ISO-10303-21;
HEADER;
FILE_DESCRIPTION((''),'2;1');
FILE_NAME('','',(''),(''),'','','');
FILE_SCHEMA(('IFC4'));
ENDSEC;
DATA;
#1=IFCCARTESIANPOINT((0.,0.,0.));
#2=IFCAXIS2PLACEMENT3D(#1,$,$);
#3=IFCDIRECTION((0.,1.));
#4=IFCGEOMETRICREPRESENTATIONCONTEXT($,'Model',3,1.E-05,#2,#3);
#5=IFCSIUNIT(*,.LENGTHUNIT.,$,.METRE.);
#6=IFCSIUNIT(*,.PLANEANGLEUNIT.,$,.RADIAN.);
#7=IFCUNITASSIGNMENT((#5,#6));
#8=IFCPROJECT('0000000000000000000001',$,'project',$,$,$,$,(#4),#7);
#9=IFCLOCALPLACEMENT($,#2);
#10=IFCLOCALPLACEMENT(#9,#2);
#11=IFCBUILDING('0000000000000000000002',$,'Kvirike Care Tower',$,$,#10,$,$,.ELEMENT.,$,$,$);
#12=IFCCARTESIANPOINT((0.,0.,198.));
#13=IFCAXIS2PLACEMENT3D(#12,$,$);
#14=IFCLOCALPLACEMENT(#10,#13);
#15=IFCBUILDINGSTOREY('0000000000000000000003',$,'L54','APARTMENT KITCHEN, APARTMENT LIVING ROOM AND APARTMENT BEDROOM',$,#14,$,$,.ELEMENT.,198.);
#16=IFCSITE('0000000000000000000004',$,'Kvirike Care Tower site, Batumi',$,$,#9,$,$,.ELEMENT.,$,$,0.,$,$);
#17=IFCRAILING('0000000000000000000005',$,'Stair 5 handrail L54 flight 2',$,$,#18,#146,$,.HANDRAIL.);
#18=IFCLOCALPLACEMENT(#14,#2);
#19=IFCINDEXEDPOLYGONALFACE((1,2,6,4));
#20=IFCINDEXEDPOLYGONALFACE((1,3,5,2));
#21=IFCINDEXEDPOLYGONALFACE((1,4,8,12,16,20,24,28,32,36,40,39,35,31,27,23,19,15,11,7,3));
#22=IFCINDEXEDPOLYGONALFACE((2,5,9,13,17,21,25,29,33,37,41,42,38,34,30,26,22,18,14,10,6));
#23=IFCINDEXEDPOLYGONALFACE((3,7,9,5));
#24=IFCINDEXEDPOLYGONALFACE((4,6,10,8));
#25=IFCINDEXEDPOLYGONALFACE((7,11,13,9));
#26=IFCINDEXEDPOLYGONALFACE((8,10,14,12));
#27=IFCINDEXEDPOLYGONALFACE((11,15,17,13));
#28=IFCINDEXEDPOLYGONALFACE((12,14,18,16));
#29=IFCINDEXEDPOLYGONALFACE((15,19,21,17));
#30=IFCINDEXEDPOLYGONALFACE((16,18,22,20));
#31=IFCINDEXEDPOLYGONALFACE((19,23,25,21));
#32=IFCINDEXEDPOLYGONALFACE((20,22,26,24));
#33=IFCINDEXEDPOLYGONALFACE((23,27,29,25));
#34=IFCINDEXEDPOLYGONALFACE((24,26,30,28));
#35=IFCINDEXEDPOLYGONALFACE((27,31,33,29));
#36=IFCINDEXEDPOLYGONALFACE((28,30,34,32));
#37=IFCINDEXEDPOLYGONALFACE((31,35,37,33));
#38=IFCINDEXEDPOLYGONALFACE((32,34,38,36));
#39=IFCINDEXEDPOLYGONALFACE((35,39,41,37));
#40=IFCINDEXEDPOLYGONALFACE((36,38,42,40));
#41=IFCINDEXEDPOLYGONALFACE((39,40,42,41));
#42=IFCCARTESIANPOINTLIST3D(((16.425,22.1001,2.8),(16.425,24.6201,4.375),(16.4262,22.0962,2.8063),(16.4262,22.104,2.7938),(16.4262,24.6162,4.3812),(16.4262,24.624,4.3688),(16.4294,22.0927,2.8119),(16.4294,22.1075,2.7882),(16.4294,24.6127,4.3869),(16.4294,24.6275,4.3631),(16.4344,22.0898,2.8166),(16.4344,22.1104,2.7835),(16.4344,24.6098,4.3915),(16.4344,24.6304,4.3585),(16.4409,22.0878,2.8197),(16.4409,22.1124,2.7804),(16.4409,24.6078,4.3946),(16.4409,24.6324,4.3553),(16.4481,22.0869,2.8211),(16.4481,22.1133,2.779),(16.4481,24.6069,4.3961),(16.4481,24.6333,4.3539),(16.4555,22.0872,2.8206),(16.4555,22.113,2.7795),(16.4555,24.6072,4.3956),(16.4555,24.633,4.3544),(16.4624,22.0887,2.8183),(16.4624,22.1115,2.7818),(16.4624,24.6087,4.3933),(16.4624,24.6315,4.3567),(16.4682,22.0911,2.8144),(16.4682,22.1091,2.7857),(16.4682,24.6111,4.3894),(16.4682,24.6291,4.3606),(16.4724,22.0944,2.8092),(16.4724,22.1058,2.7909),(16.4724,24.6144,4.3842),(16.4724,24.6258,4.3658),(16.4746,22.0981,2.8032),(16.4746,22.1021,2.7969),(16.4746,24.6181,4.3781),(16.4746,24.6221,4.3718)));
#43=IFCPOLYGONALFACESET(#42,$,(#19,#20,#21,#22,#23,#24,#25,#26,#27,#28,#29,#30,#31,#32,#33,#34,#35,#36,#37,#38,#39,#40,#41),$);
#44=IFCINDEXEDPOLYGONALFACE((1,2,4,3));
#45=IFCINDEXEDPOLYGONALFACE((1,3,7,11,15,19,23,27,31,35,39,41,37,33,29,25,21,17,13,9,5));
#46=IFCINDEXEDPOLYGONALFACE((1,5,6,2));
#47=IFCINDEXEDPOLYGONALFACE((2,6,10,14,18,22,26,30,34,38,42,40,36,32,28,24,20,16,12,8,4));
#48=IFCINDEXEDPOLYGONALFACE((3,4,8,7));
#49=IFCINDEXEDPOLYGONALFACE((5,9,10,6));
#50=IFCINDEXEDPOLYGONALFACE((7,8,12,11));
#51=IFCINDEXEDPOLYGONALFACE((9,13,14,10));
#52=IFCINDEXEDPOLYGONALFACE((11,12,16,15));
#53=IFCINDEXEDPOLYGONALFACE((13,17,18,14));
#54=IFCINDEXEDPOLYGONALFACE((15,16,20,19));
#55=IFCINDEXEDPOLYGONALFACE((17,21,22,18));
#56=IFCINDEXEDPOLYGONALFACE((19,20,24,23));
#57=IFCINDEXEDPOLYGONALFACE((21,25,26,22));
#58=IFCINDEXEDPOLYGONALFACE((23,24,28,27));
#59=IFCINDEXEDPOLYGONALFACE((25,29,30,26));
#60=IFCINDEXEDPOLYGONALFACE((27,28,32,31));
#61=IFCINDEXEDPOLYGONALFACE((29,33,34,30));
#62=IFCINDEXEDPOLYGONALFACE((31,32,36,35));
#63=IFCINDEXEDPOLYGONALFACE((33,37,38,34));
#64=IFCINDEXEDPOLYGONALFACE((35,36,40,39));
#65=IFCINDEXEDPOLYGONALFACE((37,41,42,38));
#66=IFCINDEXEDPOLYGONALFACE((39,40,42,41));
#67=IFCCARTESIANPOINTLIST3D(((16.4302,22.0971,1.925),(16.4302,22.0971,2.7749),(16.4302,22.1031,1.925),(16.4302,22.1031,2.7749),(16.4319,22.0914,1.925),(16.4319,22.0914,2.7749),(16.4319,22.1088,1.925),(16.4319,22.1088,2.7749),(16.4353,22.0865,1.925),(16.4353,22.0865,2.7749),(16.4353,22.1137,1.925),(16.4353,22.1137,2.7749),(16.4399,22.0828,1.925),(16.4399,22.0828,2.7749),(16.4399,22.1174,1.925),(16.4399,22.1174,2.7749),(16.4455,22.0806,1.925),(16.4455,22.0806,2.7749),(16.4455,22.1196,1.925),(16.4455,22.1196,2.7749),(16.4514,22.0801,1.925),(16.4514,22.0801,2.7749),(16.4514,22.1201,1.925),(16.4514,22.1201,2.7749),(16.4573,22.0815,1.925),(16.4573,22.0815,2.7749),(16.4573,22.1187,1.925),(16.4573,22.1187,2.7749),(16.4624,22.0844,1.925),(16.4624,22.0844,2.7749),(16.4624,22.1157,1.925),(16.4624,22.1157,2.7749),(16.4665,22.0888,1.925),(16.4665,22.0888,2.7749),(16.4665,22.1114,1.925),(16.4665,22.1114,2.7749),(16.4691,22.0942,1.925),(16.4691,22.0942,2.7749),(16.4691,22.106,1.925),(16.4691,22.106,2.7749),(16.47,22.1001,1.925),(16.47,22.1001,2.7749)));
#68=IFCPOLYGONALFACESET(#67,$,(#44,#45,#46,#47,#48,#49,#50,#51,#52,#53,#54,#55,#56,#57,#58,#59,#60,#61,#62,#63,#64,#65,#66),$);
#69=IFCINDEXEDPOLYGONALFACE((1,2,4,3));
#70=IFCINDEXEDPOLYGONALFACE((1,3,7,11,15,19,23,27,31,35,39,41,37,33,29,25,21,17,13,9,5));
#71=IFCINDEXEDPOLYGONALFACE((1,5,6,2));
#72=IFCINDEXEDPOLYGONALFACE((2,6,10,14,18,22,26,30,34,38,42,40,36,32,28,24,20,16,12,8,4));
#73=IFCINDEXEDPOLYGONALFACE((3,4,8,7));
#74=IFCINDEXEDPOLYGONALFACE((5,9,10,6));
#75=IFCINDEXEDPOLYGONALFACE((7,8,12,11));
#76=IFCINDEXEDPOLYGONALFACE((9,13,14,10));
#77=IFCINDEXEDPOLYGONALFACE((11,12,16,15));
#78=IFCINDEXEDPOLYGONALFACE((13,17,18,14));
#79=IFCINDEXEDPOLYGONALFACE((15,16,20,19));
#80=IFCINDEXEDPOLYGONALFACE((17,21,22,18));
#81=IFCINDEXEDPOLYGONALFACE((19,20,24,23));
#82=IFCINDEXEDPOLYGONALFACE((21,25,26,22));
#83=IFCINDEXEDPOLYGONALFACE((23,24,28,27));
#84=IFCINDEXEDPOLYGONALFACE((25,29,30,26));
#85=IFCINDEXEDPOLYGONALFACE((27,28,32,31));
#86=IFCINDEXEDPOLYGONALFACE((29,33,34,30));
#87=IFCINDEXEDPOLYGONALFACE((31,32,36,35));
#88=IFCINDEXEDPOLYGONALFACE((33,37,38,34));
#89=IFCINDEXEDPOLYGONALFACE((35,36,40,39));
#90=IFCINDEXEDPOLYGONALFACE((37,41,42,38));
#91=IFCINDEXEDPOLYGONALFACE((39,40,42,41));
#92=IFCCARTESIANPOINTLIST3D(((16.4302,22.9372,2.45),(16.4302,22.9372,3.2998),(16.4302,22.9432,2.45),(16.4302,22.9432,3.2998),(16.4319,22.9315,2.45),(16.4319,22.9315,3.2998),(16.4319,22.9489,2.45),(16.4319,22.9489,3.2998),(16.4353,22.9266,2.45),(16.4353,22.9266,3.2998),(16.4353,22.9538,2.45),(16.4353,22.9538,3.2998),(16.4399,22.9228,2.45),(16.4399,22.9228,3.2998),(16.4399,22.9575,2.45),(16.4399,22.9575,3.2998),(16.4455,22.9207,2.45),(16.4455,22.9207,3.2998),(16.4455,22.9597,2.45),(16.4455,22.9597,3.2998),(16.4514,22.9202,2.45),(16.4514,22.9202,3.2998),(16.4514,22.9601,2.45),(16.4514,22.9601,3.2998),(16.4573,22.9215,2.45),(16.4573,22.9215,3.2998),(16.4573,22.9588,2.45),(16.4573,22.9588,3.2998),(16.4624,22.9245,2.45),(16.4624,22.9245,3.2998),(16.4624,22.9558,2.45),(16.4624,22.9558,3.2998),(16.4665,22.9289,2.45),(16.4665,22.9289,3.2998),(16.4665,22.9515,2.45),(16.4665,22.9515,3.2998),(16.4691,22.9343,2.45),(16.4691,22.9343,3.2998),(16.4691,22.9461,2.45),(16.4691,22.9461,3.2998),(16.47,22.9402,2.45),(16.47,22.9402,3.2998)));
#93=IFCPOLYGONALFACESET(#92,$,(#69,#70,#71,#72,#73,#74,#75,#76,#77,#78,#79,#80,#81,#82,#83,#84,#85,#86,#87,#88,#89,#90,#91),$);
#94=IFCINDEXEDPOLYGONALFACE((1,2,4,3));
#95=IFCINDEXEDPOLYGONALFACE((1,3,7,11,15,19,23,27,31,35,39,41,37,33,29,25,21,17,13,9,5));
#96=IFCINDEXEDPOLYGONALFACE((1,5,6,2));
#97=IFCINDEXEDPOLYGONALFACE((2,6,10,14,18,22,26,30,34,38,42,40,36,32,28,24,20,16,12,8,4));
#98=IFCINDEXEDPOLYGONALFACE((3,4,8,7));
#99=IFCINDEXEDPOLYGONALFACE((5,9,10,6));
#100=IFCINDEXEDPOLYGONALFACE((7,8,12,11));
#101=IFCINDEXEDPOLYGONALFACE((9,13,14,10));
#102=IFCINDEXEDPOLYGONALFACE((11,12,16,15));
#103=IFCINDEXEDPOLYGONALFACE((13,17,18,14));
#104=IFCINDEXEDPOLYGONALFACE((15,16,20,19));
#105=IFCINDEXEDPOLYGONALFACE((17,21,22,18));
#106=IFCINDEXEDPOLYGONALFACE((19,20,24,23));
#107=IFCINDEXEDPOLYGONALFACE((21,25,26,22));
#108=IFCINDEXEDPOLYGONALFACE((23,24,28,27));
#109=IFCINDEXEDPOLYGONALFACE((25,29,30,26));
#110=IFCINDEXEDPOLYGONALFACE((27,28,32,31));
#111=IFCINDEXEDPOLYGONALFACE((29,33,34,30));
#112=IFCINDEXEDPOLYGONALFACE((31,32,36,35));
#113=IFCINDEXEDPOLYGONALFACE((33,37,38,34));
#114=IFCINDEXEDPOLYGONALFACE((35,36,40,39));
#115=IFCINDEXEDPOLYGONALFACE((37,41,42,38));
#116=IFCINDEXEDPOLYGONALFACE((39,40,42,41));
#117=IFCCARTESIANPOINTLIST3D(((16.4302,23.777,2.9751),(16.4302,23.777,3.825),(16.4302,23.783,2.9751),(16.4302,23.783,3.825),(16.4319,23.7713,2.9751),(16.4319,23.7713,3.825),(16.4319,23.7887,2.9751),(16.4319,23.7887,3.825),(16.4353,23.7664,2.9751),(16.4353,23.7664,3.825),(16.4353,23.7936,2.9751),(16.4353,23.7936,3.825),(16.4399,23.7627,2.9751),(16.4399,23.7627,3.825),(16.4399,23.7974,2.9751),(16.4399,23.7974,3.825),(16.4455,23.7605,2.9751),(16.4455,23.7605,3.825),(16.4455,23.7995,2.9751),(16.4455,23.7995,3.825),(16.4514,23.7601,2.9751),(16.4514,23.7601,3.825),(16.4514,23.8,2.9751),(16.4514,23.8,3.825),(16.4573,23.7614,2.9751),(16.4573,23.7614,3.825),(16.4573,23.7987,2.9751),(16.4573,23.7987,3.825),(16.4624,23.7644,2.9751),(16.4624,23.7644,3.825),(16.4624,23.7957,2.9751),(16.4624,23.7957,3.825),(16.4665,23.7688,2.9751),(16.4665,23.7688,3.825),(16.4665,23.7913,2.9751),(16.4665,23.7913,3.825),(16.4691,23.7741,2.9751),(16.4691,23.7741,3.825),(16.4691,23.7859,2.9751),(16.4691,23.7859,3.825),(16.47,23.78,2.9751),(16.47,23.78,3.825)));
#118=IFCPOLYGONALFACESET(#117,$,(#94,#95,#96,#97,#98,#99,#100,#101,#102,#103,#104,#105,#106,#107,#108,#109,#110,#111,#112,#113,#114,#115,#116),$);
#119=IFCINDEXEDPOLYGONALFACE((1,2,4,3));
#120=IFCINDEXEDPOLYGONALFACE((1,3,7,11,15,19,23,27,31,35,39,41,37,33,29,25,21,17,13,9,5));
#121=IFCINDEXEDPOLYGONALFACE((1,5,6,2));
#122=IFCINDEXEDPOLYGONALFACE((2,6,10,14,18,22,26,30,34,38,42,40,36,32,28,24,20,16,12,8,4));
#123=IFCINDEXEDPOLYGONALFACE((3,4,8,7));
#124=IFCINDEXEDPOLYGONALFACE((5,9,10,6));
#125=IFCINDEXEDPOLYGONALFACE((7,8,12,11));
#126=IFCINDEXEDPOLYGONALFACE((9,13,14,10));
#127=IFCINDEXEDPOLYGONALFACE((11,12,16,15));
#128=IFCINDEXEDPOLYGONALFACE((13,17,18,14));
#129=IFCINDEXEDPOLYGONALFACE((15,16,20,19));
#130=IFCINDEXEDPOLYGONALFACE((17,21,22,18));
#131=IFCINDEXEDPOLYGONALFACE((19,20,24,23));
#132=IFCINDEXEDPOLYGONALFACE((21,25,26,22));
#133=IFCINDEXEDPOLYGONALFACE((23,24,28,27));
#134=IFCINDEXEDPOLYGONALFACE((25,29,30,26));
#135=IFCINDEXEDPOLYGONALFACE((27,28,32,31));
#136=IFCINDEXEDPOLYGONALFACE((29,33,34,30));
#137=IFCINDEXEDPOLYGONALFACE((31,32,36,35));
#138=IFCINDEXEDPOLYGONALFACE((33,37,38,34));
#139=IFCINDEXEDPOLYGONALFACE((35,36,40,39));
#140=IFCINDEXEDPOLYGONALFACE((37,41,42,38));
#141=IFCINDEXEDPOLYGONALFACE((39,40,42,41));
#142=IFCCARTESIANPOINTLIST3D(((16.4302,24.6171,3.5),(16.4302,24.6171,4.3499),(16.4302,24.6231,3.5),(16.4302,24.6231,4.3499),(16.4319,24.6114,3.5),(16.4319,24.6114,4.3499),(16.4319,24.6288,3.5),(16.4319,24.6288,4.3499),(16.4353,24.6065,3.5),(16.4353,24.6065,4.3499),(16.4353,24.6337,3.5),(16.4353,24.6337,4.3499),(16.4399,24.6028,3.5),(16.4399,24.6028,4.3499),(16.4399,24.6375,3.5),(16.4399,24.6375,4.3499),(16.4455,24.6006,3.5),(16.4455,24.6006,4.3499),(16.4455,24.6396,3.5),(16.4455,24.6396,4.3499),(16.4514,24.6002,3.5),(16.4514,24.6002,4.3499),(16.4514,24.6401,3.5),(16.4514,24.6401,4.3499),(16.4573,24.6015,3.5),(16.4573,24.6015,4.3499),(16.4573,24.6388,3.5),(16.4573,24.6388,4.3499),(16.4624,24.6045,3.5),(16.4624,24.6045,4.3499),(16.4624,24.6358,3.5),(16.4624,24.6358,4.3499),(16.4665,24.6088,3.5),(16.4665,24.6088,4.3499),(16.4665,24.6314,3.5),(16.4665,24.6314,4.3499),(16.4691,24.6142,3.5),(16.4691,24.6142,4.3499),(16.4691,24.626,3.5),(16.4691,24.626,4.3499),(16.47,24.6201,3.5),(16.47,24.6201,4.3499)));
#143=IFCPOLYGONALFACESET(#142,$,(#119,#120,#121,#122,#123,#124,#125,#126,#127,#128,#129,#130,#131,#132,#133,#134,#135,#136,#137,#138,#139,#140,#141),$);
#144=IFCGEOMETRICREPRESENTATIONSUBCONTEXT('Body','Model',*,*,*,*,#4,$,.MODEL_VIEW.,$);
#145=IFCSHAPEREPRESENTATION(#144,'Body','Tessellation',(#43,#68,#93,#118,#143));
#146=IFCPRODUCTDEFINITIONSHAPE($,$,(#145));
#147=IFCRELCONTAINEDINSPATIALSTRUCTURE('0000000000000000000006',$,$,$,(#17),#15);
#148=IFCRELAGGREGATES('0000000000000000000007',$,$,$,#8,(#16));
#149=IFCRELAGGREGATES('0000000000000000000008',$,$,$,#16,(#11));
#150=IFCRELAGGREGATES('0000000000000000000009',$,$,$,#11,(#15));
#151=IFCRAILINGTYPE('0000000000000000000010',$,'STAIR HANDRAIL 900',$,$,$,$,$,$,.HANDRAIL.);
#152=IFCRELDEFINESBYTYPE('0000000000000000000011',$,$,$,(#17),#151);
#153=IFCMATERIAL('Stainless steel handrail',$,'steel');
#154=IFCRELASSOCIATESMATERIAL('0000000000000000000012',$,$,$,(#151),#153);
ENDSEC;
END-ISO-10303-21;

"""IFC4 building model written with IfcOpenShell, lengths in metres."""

from ifc_helpers import new_model, si_unit, direction, frame, origin, origin_2d, place, context, subcontext, project, spatial, circle, extrude, material, type_object, element, save


model = new_model("IFC4")

# Units and contexts
model_context = context("Model", 3, precision=1e-05, world=origin(), true_north=direction((0.0, 1.0)))
body_context = subcontext(model_context, "Body", "Model", "MODEL_VIEW")
ifc_project = project(units=[si_unit("LENGTHUNIT", "METRE"), si_unit("PLANEANGLEUNIT", "RADIAN")], contexts=[model_context])

# Site, building, storey
site_placement = place(None, origin())
site = spatial("IfcSite", under=ifc_project, at=site_placement, Name="Kvirike Care Tower site, Batumi", CompositionType="ELEMENT", RefElevation=0.0)
building_placement = place(site_placement, origin())
building = spatial("IfcBuilding", under=site, at=building_placement, Name="Kvirike Care Tower", CompositionType="ELEMENT")
storey_placement = place(building_placement, frame((0.0, 0.0, 198.0)))
storey = spatial("IfcBuildingStorey", under=building, at=storey_placement, Name="L54", Description="APARTMENT KITCHEN, APARTMENT LIVING ROOM AND APARTMENT BEDROOM", CompositionType="ELEMENT", Elevation=198.0)

# Railing
ifc_material_1 = material(Name="Stainless steel handrail", Category="steel")
railing_type = type_object("IfcRailingType", Name="STAIR HANDRAIL 900", PredefinedType="HANDRAIL", material=ifc_material_1)
railing_1_placement = place(storey_placement, frame((16.45, 22.1001, 1.925)))
element("IfcRailing", 1, at=railing_1_placement, inside=storey, type_object=railing_type, Name="Stair 5 handrail L54 flight 2", PredefinedType="HANDRAIL", context=body_context, shape_type="SweptSolid", body=[
    extrude(circle(Radius=0.0249, at=origin_2d()), frame((0.0, 0.0, 0.875), z_axis=(0.0, 0.848008, 0.529984), x_axis=(-1.0, 0.0, 0.0)), (0.0, 0.0, 1.0), 2.9717),
    extrude(circle(Radius=0.02, at=origin_2d()), origin(), (0.0, 0.0, 1.0), 0.8499),
    extrude(circle(Radius=0.02, at=origin_2d()), frame((0.0, 0.8401, 0.5249)), (0.0, 0.0, 1.0), 0.8499),
    extrude(circle(Radius=0.02, at=origin_2d()), frame((0.0, 1.6799, 1.05)), (0.0, 0.0, 1.0), 0.8499),
    extrude(circle(Radius=0.02, at=origin_2d()), frame((0.0, 2.52, 1.575)), (0.0, 0.0, 1.0), 0.8499),
])

save(model, "model.ifc")
